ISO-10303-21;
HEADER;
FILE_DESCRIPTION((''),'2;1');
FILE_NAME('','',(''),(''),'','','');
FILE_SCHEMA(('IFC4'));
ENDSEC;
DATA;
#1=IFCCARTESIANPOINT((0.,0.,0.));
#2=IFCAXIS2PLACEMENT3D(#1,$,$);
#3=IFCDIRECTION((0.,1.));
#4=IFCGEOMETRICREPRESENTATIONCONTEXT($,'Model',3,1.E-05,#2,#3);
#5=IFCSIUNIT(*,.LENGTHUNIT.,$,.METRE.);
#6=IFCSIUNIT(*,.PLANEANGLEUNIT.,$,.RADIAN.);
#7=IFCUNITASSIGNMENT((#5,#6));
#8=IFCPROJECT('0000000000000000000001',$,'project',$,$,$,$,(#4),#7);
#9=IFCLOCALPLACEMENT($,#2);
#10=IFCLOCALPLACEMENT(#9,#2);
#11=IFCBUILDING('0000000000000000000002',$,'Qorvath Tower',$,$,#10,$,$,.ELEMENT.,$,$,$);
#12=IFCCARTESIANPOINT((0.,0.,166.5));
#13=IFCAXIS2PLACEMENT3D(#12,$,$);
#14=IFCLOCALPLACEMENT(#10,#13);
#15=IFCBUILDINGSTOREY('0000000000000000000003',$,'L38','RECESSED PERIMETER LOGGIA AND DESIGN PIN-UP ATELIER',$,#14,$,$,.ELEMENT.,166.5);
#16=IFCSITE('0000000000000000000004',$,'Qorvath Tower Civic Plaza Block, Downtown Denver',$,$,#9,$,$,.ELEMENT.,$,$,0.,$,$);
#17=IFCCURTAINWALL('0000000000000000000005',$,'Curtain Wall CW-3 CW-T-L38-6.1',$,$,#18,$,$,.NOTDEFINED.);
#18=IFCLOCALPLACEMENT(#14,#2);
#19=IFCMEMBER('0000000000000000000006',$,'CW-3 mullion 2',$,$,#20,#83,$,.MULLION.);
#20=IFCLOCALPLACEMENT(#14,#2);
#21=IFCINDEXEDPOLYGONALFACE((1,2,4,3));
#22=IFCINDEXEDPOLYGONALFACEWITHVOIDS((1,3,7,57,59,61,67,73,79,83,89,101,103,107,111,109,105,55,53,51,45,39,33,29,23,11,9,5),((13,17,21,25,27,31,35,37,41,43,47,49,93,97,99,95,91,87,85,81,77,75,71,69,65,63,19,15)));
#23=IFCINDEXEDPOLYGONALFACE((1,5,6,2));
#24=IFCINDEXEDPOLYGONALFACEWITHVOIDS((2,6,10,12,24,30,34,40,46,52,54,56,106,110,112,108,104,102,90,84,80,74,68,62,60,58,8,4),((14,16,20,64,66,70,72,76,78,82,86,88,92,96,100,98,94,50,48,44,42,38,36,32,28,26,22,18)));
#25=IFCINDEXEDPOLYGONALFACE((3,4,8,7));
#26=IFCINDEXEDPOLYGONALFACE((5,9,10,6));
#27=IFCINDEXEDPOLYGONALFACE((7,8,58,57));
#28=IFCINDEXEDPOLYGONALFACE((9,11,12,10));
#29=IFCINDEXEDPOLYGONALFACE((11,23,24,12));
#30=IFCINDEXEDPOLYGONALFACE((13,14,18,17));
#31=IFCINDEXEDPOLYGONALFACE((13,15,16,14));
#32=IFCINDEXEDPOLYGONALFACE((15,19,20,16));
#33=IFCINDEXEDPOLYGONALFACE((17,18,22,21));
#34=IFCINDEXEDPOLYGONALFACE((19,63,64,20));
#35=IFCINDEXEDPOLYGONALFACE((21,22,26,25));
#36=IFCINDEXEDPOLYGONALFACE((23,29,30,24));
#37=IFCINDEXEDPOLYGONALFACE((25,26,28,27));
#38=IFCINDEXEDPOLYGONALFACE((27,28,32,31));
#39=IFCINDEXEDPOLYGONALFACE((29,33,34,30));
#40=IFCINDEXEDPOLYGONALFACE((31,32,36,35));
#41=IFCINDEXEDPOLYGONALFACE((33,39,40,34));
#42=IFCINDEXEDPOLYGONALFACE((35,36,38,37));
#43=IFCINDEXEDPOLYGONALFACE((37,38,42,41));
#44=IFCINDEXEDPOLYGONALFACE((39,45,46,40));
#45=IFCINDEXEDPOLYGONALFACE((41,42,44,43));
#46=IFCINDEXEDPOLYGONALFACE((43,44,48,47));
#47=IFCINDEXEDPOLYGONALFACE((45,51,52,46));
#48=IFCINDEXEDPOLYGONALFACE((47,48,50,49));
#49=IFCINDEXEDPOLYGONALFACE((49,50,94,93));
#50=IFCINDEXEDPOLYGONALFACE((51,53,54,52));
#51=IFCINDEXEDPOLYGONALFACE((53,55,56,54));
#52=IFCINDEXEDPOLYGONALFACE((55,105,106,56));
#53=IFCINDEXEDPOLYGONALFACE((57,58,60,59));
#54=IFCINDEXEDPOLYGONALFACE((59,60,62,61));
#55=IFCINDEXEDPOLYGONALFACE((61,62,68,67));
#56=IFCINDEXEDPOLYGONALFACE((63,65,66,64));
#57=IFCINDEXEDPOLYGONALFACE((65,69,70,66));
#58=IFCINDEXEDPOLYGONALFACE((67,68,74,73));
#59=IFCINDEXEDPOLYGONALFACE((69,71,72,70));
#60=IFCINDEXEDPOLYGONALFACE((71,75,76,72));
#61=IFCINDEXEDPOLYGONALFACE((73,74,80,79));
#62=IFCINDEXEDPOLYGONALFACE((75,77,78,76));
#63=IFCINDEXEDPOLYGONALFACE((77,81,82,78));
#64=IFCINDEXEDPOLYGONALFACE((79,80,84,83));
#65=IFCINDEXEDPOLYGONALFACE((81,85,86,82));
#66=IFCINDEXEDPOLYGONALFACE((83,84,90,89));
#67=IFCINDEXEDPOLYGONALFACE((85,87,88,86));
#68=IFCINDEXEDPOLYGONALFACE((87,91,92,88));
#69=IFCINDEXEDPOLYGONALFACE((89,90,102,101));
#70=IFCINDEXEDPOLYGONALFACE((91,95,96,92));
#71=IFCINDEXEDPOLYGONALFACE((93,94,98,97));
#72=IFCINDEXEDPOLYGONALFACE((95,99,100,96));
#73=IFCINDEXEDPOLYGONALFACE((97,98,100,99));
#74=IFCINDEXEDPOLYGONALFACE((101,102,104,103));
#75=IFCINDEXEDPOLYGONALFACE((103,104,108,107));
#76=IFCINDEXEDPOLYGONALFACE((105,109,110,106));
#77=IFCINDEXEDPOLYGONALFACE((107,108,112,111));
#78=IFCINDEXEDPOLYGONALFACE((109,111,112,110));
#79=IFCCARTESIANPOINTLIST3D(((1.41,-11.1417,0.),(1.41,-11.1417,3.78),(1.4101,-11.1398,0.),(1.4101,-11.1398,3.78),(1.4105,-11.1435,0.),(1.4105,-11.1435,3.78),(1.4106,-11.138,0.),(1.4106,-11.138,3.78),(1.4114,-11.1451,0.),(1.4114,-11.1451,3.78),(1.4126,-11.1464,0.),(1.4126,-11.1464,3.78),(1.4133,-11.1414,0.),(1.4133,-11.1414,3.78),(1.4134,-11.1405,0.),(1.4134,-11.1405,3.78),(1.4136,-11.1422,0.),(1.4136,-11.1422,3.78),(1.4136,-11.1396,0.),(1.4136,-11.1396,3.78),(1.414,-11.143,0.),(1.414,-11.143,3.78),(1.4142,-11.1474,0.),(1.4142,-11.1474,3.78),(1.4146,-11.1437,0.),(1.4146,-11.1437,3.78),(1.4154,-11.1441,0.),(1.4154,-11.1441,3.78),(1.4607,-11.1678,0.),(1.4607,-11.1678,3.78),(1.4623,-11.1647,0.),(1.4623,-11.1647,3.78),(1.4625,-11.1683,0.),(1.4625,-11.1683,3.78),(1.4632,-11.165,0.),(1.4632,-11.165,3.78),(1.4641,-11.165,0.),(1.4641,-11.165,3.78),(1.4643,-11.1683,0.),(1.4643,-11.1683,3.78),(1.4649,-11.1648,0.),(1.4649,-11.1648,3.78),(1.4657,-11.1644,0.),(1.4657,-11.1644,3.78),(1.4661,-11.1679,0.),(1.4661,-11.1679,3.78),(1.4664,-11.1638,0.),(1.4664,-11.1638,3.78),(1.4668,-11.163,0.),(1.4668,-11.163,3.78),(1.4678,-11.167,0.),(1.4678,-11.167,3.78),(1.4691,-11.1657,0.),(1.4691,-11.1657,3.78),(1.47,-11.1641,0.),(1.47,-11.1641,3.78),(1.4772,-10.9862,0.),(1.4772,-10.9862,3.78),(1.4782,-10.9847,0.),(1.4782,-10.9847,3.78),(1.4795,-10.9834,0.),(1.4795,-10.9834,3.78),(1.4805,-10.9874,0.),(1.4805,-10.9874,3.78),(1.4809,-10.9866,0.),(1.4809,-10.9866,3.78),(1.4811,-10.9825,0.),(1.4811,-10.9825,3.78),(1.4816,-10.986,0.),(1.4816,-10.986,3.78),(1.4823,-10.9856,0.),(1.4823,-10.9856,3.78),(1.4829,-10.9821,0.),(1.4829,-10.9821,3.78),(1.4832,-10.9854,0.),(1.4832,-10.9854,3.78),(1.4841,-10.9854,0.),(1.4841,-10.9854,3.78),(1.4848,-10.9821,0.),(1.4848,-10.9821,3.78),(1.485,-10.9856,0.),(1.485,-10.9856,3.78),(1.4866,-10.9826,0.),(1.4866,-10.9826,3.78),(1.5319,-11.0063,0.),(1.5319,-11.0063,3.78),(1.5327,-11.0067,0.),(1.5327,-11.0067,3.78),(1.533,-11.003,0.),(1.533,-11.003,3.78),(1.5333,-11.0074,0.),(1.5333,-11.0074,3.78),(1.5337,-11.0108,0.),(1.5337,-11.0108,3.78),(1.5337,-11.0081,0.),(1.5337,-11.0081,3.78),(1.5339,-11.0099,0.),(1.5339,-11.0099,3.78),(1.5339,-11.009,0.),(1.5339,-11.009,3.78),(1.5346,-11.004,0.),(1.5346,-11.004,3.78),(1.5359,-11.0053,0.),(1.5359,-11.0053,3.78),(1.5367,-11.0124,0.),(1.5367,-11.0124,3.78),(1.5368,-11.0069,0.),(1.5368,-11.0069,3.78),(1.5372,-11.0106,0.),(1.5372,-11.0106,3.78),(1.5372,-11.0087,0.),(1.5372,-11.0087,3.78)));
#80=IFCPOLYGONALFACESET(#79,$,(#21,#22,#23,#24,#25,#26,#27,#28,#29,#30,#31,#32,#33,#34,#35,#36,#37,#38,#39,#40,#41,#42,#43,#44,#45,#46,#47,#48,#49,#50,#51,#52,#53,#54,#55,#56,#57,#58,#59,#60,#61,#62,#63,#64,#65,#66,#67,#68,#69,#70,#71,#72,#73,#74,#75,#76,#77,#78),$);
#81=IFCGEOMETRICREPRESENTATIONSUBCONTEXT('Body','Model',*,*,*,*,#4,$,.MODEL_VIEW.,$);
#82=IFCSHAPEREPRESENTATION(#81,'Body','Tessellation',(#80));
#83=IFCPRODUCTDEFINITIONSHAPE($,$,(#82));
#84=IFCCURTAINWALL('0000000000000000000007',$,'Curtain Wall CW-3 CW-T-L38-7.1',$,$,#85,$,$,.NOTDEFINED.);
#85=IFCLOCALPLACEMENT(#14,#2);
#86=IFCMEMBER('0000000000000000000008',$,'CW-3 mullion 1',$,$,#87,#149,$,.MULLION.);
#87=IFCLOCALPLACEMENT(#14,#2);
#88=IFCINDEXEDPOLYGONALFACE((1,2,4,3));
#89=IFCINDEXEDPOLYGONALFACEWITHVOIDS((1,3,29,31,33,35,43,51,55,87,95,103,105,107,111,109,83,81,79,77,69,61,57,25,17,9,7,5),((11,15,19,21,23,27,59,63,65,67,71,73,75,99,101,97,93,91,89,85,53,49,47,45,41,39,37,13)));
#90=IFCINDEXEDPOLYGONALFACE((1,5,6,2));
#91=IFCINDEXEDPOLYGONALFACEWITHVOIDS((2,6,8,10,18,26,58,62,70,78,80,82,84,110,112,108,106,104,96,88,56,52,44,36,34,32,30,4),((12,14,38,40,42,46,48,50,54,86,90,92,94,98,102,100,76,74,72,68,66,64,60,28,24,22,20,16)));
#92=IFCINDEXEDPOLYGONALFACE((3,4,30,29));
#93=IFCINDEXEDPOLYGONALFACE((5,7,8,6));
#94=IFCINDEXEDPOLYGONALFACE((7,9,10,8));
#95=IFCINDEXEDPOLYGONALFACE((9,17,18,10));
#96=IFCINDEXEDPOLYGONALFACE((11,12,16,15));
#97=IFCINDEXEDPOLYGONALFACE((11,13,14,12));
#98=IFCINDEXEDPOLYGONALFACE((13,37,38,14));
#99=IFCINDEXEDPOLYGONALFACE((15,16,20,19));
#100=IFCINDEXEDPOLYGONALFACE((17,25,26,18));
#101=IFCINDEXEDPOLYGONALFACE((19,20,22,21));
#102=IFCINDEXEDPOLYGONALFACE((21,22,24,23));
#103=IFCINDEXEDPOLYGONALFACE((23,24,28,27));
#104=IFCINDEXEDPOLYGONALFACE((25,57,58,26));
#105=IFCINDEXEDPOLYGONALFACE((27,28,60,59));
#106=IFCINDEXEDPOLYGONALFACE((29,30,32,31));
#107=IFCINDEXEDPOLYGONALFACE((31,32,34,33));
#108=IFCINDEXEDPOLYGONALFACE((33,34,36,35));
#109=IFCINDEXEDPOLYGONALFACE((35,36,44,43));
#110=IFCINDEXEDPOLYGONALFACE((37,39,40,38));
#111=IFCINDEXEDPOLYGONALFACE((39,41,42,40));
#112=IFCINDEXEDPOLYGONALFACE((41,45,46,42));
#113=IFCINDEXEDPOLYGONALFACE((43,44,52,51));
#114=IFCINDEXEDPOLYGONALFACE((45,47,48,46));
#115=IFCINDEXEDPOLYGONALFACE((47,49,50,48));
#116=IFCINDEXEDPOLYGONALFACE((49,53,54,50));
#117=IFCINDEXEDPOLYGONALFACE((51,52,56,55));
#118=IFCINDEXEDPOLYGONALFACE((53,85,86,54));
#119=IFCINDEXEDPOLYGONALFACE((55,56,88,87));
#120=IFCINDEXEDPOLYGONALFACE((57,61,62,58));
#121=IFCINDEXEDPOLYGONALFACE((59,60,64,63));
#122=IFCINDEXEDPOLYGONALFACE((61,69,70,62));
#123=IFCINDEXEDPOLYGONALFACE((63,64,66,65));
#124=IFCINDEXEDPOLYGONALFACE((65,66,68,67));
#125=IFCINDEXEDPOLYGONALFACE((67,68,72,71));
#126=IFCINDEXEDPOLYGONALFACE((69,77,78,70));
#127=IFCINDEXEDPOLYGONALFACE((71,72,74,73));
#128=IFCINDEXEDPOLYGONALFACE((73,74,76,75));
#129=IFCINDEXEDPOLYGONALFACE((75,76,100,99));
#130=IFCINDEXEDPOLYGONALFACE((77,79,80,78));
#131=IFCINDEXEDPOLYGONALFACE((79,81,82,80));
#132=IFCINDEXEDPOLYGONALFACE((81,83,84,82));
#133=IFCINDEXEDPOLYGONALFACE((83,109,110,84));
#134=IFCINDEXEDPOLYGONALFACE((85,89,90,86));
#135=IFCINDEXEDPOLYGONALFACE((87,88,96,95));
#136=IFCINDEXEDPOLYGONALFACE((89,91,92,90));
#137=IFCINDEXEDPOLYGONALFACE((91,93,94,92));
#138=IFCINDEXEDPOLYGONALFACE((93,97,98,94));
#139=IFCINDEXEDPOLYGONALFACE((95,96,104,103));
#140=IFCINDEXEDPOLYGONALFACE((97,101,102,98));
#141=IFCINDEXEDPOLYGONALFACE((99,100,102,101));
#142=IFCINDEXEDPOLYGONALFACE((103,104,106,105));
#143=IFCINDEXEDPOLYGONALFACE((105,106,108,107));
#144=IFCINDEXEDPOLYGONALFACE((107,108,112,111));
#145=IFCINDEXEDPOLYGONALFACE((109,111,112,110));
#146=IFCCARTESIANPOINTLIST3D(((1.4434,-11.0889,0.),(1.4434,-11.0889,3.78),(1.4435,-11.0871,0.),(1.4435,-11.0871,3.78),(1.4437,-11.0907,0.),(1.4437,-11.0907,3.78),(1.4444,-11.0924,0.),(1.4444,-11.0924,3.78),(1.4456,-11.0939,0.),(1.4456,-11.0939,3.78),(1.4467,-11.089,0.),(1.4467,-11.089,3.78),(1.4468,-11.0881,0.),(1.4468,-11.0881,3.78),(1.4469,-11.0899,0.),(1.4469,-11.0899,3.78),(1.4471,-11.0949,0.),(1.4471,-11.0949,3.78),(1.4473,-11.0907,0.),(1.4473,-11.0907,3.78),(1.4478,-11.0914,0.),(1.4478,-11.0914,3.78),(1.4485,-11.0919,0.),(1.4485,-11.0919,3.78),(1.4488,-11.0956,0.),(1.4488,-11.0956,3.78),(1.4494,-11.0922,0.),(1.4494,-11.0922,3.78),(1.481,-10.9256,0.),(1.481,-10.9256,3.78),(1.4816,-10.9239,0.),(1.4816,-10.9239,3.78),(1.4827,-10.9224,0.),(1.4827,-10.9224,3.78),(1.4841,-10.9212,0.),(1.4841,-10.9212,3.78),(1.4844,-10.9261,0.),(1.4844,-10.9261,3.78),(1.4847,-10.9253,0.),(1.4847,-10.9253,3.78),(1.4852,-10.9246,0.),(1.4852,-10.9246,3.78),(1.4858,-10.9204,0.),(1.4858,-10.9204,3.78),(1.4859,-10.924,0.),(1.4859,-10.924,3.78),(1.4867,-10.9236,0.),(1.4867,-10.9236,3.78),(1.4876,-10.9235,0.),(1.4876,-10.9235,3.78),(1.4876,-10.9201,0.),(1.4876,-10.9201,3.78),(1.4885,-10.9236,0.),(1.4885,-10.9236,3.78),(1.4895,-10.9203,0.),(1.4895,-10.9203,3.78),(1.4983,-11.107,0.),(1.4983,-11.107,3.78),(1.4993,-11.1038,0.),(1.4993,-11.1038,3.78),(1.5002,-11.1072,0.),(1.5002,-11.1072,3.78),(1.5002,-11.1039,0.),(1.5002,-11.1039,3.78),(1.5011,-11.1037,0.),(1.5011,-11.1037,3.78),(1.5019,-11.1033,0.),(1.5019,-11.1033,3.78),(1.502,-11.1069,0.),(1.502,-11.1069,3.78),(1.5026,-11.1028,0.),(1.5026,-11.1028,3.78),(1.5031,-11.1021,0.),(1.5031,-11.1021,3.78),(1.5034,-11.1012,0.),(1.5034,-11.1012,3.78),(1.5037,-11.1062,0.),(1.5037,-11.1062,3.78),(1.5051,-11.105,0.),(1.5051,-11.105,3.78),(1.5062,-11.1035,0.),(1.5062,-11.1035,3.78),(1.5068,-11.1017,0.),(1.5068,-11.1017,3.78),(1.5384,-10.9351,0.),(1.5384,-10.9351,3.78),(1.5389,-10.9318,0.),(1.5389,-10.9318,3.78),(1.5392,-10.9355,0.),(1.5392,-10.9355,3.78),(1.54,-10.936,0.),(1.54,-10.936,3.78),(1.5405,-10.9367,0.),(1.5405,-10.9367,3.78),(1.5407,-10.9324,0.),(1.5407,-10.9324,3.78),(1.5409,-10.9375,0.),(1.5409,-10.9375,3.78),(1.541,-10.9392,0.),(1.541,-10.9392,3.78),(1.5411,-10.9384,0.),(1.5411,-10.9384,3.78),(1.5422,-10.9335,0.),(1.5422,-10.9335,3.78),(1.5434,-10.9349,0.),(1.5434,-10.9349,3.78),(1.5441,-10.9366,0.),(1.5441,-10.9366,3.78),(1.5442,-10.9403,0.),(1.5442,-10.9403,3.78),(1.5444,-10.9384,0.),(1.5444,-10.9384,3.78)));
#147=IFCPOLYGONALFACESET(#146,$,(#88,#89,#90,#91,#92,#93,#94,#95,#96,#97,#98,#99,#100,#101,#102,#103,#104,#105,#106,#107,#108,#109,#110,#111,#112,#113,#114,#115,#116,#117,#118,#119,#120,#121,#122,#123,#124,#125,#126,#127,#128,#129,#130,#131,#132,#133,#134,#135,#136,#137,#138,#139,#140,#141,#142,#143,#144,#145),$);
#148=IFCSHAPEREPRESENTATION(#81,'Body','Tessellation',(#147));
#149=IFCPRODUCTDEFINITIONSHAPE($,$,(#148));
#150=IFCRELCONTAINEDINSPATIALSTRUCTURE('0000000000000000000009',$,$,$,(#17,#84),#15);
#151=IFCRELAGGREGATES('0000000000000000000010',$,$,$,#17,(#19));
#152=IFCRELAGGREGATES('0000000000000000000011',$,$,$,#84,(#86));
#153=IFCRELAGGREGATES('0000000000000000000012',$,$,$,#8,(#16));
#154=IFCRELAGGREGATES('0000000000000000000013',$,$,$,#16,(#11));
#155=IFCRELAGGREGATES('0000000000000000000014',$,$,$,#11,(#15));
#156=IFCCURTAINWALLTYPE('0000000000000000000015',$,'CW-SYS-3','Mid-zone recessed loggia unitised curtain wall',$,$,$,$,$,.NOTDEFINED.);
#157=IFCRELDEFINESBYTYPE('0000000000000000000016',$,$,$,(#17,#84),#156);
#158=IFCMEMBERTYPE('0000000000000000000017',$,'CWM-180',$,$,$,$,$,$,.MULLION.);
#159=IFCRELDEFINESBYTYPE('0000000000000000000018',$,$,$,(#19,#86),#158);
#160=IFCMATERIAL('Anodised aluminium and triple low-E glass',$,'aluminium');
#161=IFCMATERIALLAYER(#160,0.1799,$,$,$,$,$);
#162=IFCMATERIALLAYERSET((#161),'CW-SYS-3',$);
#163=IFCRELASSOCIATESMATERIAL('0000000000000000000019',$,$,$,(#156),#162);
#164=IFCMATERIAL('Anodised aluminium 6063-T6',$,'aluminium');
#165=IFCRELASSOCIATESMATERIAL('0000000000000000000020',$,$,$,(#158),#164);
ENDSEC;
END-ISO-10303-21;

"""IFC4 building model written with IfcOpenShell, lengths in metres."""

from ifc_helpers import new_model, si_unit, direction, frame, origin, origin_2d, place, context, subcontext, project, spatial, hollow_rectangle, extrude, material, layer, layer_set, material_profile, profile_set, type_object, element, aggregate, save


model = new_model("IFC4")

# Units and contexts
model_context = context("Model", 3, precision=1e-05, world=origin(), true_north=direction((0.0, 1.0)))
body_context = subcontext(model_context, "Body", "Model", "MODEL_VIEW")
ifc_project = project(units=[si_unit("LENGTHUNIT", "METRE"), si_unit("PLANEANGLEUNIT", "RADIAN")], contexts=[model_context])

# Site, building, storey
site_placement = place(None, origin())
site = spatial("IfcSite", under=ifc_project, at=site_placement, Name="Qorvath Tower Civic Plaza Block, Downtown Denver", CompositionType="ELEMENT", RefElevation=0.0)
building_placement = place(site_placement, origin())
building = spatial("IfcBuilding", under=site, at=building_placement, Name="Qorvath Tower", CompositionType="ELEMENT")
storey_placement = place(building_placement, frame((0.0, 0.0, 166.5)))
storey = spatial("IfcBuildingStorey", under=building, at=storey_placement, Name="L38", Description="RECESSED PERIMETER LOGGIA AND DESIGN PIN-UP ATELIER", CompositionType="ELEMENT", Elevation=166.5)

# Shared definitions
ifc_material_1 = material(Name="Anodised aluminium and triple low-E glass", Category="aluminium")
ifc_layer_1 = layer(ifc_material_1, 0.1799)
ifc_layer_set_1 = layer_set([ifc_layer_1], Name="CW-SYS-3")
curtain_wall_type = type_object("IfcCurtainWallType", Name="CW-SYS-3", Description="Mid-zone recessed loggia unitised curtain wall", PredefinedType="NOTDEFINED", material=ifc_layer_set_1)
ifc_material_2 = material(Name="Anodised aluminium 6063-T6", Category="aluminium")
ifc_material_profile_1 = material_profile(ifc_material_2, hollow_rectangle(XDim=0.0649, YDim=0.1799, WallThickness=0.0034, InnerFilletRadius=0.0034, OuterFilletRadius=0.0071, at=origin_2d()), Name="CWM 180x65")
ifc_profile_set_1 = profile_set([ifc_material_profile_1], Name="Anodised aluminium 6063-T6")
member_type_1 = type_object("IfcMemberType", Name="CWM-180", PredefinedType="MULLION", material=ifc_profile_set_1)

# Curtain wall, member
curtain_wall_1_placement = place(storey_placement, origin())
curtain_wall_1 = element("IfcCurtainWall", 1, at=curtain_wall_1_placement, inside=storey, type_object=curtain_wall_type, Name="Curtain Wall CW-3 CW-T-L38-6.1", PredefinedType="NOTDEFINED")
member_1_placement = place(storey_placement, frame((1.4736, -11.0752, 0.0), z_axis=(0.0, 0.0, 1.0), x_axis=(-0.915629, 0.402023, 0.0)))
member_1 = element("IfcMember", 2, at=member_1_placement, type_object=member_type_1, Name="CW-3 mullion 2", PredefinedType="MULLION", context=body_context, shape_type="SweptSolid", body=[
    extrude(hollow_rectangle(XDim=0.0649, YDim=0.1799, WallThickness=0.0034, InnerFilletRadius=0.0034, OuterFilletRadius=0.0071, at=origin_2d()), origin(), (0.0, 0.0, 1.0), 3.78),
])

# Curtain wall, member
curtain_wall_2_placement = place(storey_placement, origin())
curtain_wall_2 = element("IfcCurtainWall", 3, at=curtain_wall_2_placement, inside=storey, type_object=curtain_wall_type, Name="Curtain Wall CW-3 CW-T-L38-7.1", PredefinedType="NOTDEFINED")
member_2_placement = place(storey_placement, frame((1.4939, -11.0137, 0.0), z_axis=(0.0, 0.0, 1.0), x_axis=(-0.974176, 0.225791, 0.0)))
member_2 = element("IfcMember", 4, at=member_2_placement, type_object=member_type_1, Name="CW-3 mullion 1", PredefinedType="MULLION", context=body_context, shape_type="SweptSolid", body=[
    extrude(hollow_rectangle(XDim=0.0649, YDim=0.1799, WallThickness=0.0034, InnerFilletRadius=0.0034, OuterFilletRadius=0.0071, at=origin_2d()), origin(), (0.0, 0.0, 1.0), 3.78),
])

aggregate(curtain_wall_1, [member_1])
aggregate(curtain_wall_2, [member_2])

save(model, "model.ifc")
